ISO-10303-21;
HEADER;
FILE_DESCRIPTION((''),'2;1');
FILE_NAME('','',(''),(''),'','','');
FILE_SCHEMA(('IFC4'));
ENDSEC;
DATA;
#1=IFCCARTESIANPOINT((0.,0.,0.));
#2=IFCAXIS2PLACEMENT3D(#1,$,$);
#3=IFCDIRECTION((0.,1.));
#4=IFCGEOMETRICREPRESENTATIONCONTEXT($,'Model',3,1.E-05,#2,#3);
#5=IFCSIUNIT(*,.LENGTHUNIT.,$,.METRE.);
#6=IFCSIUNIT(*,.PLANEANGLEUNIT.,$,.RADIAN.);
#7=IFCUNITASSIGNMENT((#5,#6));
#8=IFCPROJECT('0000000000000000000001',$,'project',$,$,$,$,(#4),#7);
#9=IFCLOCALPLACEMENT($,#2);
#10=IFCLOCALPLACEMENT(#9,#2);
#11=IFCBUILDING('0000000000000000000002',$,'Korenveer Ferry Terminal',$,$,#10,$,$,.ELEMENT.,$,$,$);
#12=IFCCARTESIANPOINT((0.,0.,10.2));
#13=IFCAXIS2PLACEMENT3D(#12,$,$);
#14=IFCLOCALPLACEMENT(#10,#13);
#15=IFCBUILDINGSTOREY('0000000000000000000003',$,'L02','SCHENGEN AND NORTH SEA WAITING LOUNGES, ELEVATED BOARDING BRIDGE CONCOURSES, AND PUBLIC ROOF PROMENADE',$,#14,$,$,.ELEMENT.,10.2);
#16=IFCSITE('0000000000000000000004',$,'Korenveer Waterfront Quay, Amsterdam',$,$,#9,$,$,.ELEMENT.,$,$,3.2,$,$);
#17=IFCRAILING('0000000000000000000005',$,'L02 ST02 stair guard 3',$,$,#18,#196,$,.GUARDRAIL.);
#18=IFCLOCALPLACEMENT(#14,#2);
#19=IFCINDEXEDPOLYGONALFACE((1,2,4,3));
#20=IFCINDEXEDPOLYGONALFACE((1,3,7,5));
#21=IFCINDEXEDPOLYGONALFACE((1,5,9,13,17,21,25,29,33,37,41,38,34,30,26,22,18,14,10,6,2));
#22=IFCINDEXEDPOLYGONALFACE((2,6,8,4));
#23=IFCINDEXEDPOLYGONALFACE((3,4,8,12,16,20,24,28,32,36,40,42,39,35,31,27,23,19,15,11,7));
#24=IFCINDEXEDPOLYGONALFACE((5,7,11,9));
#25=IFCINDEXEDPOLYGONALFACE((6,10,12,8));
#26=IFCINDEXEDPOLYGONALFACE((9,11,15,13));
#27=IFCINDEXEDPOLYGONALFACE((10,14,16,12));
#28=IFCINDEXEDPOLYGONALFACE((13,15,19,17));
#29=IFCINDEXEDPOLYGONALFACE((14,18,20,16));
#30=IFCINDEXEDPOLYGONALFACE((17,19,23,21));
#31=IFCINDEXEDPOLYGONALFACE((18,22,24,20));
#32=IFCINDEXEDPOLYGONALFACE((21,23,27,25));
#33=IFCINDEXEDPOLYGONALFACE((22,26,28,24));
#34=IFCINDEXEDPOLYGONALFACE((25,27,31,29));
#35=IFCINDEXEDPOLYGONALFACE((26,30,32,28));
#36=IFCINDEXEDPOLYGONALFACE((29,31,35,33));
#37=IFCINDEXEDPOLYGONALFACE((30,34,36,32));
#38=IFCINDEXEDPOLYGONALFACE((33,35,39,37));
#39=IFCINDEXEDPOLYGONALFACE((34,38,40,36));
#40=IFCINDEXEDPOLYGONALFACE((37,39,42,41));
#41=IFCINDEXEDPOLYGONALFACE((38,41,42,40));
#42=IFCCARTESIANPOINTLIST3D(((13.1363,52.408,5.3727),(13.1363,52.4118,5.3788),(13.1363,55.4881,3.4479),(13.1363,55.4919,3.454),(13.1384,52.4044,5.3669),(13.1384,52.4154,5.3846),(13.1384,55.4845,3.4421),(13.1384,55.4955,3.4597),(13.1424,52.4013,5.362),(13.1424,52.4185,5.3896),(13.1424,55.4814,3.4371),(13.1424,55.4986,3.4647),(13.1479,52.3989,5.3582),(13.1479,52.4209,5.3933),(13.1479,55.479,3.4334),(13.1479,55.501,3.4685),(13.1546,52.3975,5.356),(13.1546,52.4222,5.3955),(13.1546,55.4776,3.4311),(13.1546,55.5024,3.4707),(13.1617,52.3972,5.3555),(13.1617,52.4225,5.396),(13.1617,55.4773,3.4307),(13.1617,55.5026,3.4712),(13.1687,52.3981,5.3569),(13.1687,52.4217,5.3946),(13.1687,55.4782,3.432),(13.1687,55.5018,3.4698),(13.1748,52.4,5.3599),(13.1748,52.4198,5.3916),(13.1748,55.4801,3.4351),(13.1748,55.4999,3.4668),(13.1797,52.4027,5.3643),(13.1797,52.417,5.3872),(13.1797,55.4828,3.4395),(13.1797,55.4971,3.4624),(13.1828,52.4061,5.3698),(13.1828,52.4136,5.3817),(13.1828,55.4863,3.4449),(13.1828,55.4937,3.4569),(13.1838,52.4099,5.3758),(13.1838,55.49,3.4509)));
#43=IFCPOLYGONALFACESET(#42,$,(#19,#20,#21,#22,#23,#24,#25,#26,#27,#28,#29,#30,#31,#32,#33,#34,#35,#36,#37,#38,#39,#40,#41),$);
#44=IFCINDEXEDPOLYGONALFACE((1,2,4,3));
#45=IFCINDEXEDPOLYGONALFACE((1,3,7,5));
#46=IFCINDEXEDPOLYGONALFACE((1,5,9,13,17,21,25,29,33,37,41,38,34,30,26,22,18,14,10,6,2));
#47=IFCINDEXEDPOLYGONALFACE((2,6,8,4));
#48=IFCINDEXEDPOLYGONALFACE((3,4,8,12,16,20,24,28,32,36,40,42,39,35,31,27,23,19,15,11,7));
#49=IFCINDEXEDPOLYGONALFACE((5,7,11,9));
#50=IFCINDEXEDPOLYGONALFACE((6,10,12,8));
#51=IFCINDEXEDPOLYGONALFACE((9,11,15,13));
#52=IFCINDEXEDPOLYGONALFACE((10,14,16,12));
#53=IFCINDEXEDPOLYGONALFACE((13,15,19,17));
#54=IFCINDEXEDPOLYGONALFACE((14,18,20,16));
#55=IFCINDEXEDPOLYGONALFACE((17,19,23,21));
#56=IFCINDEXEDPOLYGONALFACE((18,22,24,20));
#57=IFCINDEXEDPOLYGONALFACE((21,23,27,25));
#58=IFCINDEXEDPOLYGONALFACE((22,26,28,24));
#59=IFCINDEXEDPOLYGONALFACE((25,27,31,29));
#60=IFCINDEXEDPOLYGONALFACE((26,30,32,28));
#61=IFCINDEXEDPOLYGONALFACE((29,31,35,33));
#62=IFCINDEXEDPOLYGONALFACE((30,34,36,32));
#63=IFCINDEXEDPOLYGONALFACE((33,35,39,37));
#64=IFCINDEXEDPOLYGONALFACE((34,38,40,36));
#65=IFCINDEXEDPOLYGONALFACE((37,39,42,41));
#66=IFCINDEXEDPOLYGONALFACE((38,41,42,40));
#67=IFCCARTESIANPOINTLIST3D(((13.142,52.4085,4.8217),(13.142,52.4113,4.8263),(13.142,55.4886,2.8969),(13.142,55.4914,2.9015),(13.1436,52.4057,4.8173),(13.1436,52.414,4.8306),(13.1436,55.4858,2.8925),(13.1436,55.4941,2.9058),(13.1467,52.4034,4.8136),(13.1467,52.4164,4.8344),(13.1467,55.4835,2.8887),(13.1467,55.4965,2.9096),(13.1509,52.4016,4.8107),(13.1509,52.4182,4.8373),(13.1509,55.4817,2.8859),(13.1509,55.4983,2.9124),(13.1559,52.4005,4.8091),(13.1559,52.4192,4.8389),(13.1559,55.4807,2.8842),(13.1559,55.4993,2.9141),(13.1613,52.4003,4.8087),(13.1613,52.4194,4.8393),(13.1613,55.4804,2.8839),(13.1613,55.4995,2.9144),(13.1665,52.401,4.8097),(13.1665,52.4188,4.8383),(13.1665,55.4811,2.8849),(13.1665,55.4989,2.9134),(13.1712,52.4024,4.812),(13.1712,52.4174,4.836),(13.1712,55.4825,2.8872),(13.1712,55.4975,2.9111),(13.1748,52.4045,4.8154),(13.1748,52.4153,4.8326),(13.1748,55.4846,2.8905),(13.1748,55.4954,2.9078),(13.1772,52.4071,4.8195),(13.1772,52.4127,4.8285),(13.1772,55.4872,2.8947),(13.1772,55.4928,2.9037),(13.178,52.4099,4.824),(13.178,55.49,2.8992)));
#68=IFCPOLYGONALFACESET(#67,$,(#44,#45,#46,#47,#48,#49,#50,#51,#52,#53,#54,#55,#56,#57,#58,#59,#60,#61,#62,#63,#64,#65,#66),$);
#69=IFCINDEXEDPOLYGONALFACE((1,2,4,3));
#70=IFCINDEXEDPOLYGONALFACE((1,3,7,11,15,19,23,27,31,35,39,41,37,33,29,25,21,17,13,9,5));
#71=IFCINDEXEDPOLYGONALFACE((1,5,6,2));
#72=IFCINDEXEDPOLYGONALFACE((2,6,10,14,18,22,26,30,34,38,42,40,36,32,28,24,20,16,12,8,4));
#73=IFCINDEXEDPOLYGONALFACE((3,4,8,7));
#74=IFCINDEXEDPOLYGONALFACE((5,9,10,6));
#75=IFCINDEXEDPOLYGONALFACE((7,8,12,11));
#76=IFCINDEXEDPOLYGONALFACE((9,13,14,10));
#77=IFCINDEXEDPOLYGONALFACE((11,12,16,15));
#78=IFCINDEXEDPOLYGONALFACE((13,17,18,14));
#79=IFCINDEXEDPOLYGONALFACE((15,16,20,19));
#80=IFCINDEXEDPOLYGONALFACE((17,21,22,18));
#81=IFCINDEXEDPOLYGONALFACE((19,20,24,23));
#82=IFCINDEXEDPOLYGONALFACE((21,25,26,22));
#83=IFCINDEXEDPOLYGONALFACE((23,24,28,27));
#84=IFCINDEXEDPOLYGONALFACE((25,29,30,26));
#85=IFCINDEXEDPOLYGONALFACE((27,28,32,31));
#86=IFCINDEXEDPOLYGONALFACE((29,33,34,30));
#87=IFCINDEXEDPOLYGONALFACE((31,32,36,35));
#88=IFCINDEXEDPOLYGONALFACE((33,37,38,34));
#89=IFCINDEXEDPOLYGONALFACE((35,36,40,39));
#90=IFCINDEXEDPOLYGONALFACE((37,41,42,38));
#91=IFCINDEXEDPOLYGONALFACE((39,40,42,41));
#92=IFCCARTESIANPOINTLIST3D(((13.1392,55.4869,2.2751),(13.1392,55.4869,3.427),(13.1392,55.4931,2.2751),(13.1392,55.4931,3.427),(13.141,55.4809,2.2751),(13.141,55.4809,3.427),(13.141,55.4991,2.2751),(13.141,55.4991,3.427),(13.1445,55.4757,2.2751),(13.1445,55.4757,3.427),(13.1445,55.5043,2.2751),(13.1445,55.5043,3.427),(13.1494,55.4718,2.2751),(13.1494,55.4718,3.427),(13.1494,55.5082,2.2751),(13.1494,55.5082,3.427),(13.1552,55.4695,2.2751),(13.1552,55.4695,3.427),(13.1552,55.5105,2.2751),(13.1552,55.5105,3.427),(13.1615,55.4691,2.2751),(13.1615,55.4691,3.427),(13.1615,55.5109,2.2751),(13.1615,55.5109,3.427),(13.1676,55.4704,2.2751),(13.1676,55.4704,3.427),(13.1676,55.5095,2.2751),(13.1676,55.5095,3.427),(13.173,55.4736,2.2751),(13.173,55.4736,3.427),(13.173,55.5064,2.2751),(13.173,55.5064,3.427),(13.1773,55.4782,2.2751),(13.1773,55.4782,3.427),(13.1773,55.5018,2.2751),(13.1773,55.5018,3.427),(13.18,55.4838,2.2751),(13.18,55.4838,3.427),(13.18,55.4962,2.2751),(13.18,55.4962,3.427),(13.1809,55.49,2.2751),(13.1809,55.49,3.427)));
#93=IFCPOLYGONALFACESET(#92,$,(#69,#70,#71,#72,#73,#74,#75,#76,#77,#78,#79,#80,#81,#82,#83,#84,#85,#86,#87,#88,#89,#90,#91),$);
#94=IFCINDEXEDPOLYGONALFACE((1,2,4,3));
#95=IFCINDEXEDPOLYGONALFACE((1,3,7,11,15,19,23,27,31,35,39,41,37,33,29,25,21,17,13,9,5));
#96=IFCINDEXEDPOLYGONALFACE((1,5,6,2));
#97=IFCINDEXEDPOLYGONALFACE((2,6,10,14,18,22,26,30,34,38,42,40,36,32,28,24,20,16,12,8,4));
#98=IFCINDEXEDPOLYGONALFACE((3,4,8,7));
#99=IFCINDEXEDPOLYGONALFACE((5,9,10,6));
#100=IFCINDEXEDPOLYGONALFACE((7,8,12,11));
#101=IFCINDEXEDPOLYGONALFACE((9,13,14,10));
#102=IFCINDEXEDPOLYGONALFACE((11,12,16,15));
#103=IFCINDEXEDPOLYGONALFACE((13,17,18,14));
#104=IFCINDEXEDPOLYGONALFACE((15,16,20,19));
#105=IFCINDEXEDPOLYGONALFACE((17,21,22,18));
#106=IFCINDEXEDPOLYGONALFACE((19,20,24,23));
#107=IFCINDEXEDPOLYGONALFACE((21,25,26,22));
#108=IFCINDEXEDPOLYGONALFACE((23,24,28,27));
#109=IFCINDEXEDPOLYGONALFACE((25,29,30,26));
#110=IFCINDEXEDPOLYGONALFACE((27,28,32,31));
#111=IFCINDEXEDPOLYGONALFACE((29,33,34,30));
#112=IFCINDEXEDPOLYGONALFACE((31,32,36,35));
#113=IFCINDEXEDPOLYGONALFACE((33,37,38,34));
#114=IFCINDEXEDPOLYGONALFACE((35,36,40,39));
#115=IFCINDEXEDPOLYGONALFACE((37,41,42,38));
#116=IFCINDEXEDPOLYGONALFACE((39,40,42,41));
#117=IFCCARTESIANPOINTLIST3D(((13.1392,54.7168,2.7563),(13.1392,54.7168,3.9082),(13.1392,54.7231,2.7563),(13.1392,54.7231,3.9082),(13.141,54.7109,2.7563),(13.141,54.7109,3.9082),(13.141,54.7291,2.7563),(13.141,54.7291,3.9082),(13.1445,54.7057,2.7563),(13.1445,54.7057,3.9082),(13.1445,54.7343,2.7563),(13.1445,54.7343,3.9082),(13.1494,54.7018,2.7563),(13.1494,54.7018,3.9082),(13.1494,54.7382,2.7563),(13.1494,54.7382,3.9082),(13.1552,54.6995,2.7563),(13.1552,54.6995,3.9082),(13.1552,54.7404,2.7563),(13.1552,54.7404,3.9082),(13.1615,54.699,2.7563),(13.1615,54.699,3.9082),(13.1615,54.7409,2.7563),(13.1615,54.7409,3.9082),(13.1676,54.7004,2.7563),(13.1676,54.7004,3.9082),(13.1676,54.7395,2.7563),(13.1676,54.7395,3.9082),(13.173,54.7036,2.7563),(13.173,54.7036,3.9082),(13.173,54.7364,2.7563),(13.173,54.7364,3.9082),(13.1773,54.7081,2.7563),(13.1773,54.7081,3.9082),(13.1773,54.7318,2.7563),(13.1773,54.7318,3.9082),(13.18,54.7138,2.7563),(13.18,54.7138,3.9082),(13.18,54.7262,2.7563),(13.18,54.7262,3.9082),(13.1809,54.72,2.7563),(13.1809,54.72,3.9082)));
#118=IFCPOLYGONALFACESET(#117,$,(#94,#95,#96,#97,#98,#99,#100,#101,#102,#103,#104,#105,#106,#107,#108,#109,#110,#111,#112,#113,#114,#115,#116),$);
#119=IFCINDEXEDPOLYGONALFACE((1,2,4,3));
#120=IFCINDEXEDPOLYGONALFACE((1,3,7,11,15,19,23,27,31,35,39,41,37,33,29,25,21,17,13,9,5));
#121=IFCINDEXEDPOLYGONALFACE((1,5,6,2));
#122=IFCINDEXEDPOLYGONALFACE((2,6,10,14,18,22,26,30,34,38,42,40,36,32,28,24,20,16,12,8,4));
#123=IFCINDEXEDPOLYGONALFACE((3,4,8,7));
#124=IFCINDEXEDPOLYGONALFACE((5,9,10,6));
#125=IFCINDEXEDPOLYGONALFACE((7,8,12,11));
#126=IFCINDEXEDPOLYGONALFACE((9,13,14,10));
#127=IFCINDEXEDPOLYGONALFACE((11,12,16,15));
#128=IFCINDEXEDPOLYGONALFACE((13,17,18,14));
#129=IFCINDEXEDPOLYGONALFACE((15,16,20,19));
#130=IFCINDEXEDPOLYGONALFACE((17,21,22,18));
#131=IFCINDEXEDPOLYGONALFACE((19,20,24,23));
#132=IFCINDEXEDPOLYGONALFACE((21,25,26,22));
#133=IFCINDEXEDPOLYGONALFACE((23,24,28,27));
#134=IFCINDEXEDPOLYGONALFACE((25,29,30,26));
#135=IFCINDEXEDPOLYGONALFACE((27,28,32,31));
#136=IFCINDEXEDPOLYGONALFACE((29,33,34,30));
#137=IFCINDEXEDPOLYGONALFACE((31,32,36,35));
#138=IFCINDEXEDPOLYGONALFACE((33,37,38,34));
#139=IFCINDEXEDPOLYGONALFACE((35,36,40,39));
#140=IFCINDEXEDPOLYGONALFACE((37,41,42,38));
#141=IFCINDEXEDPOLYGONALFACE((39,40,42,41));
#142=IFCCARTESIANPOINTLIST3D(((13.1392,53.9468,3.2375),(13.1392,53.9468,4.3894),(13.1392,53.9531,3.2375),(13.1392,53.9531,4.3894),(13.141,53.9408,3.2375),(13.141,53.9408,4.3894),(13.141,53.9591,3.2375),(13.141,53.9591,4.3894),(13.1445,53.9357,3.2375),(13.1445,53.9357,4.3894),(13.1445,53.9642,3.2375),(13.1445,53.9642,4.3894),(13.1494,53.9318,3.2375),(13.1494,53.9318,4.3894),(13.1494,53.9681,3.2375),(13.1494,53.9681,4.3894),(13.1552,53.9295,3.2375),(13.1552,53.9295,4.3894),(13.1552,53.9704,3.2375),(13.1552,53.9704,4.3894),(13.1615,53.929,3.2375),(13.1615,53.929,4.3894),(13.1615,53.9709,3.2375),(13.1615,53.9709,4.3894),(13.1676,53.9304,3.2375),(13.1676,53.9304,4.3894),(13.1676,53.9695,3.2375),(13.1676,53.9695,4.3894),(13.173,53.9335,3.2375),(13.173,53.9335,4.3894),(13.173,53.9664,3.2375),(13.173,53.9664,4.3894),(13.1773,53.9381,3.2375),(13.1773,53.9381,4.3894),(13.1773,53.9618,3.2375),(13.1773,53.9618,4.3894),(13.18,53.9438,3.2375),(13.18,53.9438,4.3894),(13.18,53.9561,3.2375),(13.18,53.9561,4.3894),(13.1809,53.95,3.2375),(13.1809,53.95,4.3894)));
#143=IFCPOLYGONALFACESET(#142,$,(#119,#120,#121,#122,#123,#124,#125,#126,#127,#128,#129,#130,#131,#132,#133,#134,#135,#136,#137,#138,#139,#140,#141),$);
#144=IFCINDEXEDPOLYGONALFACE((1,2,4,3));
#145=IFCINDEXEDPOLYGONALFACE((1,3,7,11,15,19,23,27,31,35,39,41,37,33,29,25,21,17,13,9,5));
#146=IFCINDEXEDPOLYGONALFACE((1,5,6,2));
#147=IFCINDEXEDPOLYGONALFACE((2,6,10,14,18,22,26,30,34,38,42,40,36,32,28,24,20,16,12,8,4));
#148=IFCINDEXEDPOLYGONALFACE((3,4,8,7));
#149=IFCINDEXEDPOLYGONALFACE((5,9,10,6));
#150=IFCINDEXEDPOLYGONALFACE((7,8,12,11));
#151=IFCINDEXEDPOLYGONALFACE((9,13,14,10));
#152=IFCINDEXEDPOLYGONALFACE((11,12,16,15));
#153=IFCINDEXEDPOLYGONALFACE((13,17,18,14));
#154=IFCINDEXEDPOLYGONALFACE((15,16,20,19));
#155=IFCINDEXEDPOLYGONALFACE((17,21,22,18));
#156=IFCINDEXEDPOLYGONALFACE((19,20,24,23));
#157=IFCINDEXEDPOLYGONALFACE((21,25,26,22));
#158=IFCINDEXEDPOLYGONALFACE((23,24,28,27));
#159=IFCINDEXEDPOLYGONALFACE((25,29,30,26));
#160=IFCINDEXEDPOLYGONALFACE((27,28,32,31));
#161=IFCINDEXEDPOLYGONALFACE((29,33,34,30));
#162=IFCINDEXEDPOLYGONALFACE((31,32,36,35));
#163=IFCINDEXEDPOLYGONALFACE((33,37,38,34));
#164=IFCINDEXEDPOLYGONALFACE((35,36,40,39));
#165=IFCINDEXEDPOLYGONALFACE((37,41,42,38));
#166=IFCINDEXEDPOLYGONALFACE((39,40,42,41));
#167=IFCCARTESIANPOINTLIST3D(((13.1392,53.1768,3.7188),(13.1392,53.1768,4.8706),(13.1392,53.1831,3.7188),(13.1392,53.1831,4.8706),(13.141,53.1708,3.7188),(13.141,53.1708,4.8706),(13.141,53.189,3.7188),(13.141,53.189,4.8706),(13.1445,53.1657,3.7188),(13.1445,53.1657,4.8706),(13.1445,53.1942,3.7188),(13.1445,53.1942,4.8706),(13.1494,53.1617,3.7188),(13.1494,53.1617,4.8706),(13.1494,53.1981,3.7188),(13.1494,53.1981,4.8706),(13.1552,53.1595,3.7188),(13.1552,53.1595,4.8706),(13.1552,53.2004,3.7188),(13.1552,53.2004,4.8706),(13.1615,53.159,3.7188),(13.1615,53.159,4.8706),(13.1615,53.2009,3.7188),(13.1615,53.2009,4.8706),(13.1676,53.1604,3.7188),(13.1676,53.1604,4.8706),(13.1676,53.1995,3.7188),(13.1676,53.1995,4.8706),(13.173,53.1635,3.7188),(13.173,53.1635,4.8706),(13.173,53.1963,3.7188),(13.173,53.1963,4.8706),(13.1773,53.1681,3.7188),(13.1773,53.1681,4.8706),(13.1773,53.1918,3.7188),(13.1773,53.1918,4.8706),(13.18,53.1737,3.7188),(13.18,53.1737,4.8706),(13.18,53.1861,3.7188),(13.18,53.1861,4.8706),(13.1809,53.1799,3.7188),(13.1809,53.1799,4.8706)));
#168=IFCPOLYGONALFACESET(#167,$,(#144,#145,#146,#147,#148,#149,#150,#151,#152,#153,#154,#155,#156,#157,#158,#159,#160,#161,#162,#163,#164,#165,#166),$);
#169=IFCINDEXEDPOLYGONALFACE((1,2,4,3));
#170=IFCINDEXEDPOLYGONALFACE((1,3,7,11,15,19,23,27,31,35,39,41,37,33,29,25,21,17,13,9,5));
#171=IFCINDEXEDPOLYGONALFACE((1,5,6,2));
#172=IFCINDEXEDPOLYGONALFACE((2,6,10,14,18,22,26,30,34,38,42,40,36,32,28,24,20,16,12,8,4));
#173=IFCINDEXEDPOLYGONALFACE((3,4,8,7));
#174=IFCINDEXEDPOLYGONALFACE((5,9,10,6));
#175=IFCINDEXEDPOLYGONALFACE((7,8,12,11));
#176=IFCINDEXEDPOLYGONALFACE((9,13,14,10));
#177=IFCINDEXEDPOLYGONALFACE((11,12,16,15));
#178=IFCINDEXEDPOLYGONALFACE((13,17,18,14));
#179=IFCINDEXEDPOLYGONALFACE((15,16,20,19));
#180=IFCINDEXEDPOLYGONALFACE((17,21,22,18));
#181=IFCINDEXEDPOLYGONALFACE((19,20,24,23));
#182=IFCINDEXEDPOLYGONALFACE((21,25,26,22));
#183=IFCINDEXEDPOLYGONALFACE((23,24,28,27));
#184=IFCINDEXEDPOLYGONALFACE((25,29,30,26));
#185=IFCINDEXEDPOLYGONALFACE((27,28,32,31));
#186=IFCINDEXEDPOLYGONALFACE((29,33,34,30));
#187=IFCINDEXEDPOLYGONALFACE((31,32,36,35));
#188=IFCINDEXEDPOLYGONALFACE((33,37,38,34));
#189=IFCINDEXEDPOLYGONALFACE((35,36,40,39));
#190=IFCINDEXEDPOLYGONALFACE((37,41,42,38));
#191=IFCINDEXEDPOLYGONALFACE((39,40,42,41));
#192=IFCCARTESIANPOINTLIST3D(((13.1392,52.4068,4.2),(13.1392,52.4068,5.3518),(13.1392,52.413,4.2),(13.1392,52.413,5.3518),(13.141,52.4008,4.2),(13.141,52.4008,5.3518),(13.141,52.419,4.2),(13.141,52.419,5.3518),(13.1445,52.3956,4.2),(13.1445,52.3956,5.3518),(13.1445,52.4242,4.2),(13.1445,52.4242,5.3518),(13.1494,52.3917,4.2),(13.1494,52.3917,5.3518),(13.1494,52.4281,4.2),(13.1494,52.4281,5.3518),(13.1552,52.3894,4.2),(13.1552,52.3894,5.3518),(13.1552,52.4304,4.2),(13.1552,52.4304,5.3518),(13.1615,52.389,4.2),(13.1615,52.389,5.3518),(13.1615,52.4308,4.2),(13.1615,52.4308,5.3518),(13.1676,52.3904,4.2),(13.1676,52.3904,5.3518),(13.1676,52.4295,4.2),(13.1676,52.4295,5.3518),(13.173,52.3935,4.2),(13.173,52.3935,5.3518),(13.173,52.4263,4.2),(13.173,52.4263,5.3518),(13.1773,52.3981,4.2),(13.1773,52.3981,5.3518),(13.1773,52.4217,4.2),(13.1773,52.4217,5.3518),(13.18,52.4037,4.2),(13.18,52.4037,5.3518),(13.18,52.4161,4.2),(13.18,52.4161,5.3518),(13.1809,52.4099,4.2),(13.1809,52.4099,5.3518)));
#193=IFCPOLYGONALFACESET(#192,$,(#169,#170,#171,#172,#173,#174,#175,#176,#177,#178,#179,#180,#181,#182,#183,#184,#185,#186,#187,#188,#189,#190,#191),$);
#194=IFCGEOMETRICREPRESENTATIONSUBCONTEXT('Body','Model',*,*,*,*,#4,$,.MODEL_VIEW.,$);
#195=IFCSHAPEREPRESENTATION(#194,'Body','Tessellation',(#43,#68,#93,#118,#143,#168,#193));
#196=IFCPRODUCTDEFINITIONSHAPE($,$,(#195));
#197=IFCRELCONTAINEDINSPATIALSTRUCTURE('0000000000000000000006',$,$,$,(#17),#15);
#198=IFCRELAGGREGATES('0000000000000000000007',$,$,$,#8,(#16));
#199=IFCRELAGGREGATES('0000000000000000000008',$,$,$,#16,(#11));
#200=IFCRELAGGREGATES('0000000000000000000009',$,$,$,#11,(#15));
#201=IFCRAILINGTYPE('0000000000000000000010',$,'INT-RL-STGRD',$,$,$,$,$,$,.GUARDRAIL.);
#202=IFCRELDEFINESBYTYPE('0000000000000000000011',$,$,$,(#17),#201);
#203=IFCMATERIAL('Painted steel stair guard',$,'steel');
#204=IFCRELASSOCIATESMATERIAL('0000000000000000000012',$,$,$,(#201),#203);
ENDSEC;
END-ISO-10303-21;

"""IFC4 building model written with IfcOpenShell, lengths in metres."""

from ifc_helpers import new_model, si_unit, direction, frame, origin, origin_2d, place, context, subcontext, project, spatial, circle, extrude, material, type_object, element, save


model = new_model("IFC4")

# Units and contexts
model_context = context("Model", 3, precision=1e-05, world=origin(), true_north=direction((0.0, 1.0)))
body_context = subcontext(model_context, "Body", "Model", "MODEL_VIEW")
ifc_project = project(units=[si_unit("LENGTHUNIT", "METRE"), si_unit("PLANEANGLEUNIT", "RADIAN")], contexts=[model_context])

# Site, building, storey
site_placement = place(None, origin())
site = spatial("IfcSite", under=ifc_project, at=site_placement, Name="Korenveer Waterfront Quay, Amsterdam", CompositionType="ELEMENT", RefElevation=3.2)
building_placement = place(site_placement, origin())
building = spatial("IfcBuilding", under=site, at=building_placement, Name="Korenveer Ferry Terminal", CompositionType="ELEMENT")
storey_placement = place(building_placement, frame((0.0, 0.0, 10.2)))
storey = spatial("IfcBuildingStorey", under=building, at=storey_placement, Name="L02", Description="SCHENGEN AND NORTH SEA WAITING LOUNGES, ELEVATED BOARDING BRIDGE CONCOURSES, AND PUBLIC ROOF PROMENADE", CompositionType="ELEMENT", Elevation=10.2)

# Railing
ifc_material_1 = material(Name="Painted steel stair guard", Category="steel")
railing_type_1 = type_object("IfcRailingType", Name="INT-RL-STGRD", PredefinedType="GUARDRAIL", material=ifc_material_1)
railing_1_placement = place(storey_placement, frame((13.1599, 55.49, 2.2751)))
element("IfcRailing", 1, at=railing_1_placement, inside=storey, type_object=railing_type_1, Name="L02 ST02 stair guard 3", PredefinedType="GUARDRAIL", context=body_context, shape_type="SweptSolid", body=[
    extrude(circle(Radius=0.0239, at=origin_2d()), frame((0.0, 0.0, 1.1758), z_axis=(0.0, -0.848029, 0.529951), x_axis=(1.0, 0.0, 0.0)), (0.0, 0.0, 1.0), 3.6321),
    extrude(circle(Radius=0.0181, at=origin_2d()), frame((0.0, 0.0, 0.624), z_axis=(0.0, -0.848029, 0.529951), x_axis=(1.0, 0.0, 0.0)), (0.0, 0.0, 1.0), 3.6321),
    extrude(circle(Radius=0.021, at=origin_2d()), origin(), (0.0, 0.0, 1.0), 1.1519),
    extrude(circle(Radius=0.021, at=origin_2d()), frame((0.0, -0.77, 0.4812)), (0.0, 0.0, 1.0), 1.1519),
    extrude(circle(Radius=0.021, at=origin_2d()), frame((0.0, -1.54, 0.9624)), (0.0, 0.0, 1.0), 1.1519),
    extrude(circle(Radius=0.021, at=origin_2d()), frame((0.0, -2.3101, 1.4436)), (0.0, 0.0, 1.0), 1.1519),
    extrude(circle(Radius=0.021, at=origin_2d()), frame((0.0, -3.0801, 1.9248)), (0.0, 0.0, 1.0), 1.1519),
])

save(model, "model.ifc")
